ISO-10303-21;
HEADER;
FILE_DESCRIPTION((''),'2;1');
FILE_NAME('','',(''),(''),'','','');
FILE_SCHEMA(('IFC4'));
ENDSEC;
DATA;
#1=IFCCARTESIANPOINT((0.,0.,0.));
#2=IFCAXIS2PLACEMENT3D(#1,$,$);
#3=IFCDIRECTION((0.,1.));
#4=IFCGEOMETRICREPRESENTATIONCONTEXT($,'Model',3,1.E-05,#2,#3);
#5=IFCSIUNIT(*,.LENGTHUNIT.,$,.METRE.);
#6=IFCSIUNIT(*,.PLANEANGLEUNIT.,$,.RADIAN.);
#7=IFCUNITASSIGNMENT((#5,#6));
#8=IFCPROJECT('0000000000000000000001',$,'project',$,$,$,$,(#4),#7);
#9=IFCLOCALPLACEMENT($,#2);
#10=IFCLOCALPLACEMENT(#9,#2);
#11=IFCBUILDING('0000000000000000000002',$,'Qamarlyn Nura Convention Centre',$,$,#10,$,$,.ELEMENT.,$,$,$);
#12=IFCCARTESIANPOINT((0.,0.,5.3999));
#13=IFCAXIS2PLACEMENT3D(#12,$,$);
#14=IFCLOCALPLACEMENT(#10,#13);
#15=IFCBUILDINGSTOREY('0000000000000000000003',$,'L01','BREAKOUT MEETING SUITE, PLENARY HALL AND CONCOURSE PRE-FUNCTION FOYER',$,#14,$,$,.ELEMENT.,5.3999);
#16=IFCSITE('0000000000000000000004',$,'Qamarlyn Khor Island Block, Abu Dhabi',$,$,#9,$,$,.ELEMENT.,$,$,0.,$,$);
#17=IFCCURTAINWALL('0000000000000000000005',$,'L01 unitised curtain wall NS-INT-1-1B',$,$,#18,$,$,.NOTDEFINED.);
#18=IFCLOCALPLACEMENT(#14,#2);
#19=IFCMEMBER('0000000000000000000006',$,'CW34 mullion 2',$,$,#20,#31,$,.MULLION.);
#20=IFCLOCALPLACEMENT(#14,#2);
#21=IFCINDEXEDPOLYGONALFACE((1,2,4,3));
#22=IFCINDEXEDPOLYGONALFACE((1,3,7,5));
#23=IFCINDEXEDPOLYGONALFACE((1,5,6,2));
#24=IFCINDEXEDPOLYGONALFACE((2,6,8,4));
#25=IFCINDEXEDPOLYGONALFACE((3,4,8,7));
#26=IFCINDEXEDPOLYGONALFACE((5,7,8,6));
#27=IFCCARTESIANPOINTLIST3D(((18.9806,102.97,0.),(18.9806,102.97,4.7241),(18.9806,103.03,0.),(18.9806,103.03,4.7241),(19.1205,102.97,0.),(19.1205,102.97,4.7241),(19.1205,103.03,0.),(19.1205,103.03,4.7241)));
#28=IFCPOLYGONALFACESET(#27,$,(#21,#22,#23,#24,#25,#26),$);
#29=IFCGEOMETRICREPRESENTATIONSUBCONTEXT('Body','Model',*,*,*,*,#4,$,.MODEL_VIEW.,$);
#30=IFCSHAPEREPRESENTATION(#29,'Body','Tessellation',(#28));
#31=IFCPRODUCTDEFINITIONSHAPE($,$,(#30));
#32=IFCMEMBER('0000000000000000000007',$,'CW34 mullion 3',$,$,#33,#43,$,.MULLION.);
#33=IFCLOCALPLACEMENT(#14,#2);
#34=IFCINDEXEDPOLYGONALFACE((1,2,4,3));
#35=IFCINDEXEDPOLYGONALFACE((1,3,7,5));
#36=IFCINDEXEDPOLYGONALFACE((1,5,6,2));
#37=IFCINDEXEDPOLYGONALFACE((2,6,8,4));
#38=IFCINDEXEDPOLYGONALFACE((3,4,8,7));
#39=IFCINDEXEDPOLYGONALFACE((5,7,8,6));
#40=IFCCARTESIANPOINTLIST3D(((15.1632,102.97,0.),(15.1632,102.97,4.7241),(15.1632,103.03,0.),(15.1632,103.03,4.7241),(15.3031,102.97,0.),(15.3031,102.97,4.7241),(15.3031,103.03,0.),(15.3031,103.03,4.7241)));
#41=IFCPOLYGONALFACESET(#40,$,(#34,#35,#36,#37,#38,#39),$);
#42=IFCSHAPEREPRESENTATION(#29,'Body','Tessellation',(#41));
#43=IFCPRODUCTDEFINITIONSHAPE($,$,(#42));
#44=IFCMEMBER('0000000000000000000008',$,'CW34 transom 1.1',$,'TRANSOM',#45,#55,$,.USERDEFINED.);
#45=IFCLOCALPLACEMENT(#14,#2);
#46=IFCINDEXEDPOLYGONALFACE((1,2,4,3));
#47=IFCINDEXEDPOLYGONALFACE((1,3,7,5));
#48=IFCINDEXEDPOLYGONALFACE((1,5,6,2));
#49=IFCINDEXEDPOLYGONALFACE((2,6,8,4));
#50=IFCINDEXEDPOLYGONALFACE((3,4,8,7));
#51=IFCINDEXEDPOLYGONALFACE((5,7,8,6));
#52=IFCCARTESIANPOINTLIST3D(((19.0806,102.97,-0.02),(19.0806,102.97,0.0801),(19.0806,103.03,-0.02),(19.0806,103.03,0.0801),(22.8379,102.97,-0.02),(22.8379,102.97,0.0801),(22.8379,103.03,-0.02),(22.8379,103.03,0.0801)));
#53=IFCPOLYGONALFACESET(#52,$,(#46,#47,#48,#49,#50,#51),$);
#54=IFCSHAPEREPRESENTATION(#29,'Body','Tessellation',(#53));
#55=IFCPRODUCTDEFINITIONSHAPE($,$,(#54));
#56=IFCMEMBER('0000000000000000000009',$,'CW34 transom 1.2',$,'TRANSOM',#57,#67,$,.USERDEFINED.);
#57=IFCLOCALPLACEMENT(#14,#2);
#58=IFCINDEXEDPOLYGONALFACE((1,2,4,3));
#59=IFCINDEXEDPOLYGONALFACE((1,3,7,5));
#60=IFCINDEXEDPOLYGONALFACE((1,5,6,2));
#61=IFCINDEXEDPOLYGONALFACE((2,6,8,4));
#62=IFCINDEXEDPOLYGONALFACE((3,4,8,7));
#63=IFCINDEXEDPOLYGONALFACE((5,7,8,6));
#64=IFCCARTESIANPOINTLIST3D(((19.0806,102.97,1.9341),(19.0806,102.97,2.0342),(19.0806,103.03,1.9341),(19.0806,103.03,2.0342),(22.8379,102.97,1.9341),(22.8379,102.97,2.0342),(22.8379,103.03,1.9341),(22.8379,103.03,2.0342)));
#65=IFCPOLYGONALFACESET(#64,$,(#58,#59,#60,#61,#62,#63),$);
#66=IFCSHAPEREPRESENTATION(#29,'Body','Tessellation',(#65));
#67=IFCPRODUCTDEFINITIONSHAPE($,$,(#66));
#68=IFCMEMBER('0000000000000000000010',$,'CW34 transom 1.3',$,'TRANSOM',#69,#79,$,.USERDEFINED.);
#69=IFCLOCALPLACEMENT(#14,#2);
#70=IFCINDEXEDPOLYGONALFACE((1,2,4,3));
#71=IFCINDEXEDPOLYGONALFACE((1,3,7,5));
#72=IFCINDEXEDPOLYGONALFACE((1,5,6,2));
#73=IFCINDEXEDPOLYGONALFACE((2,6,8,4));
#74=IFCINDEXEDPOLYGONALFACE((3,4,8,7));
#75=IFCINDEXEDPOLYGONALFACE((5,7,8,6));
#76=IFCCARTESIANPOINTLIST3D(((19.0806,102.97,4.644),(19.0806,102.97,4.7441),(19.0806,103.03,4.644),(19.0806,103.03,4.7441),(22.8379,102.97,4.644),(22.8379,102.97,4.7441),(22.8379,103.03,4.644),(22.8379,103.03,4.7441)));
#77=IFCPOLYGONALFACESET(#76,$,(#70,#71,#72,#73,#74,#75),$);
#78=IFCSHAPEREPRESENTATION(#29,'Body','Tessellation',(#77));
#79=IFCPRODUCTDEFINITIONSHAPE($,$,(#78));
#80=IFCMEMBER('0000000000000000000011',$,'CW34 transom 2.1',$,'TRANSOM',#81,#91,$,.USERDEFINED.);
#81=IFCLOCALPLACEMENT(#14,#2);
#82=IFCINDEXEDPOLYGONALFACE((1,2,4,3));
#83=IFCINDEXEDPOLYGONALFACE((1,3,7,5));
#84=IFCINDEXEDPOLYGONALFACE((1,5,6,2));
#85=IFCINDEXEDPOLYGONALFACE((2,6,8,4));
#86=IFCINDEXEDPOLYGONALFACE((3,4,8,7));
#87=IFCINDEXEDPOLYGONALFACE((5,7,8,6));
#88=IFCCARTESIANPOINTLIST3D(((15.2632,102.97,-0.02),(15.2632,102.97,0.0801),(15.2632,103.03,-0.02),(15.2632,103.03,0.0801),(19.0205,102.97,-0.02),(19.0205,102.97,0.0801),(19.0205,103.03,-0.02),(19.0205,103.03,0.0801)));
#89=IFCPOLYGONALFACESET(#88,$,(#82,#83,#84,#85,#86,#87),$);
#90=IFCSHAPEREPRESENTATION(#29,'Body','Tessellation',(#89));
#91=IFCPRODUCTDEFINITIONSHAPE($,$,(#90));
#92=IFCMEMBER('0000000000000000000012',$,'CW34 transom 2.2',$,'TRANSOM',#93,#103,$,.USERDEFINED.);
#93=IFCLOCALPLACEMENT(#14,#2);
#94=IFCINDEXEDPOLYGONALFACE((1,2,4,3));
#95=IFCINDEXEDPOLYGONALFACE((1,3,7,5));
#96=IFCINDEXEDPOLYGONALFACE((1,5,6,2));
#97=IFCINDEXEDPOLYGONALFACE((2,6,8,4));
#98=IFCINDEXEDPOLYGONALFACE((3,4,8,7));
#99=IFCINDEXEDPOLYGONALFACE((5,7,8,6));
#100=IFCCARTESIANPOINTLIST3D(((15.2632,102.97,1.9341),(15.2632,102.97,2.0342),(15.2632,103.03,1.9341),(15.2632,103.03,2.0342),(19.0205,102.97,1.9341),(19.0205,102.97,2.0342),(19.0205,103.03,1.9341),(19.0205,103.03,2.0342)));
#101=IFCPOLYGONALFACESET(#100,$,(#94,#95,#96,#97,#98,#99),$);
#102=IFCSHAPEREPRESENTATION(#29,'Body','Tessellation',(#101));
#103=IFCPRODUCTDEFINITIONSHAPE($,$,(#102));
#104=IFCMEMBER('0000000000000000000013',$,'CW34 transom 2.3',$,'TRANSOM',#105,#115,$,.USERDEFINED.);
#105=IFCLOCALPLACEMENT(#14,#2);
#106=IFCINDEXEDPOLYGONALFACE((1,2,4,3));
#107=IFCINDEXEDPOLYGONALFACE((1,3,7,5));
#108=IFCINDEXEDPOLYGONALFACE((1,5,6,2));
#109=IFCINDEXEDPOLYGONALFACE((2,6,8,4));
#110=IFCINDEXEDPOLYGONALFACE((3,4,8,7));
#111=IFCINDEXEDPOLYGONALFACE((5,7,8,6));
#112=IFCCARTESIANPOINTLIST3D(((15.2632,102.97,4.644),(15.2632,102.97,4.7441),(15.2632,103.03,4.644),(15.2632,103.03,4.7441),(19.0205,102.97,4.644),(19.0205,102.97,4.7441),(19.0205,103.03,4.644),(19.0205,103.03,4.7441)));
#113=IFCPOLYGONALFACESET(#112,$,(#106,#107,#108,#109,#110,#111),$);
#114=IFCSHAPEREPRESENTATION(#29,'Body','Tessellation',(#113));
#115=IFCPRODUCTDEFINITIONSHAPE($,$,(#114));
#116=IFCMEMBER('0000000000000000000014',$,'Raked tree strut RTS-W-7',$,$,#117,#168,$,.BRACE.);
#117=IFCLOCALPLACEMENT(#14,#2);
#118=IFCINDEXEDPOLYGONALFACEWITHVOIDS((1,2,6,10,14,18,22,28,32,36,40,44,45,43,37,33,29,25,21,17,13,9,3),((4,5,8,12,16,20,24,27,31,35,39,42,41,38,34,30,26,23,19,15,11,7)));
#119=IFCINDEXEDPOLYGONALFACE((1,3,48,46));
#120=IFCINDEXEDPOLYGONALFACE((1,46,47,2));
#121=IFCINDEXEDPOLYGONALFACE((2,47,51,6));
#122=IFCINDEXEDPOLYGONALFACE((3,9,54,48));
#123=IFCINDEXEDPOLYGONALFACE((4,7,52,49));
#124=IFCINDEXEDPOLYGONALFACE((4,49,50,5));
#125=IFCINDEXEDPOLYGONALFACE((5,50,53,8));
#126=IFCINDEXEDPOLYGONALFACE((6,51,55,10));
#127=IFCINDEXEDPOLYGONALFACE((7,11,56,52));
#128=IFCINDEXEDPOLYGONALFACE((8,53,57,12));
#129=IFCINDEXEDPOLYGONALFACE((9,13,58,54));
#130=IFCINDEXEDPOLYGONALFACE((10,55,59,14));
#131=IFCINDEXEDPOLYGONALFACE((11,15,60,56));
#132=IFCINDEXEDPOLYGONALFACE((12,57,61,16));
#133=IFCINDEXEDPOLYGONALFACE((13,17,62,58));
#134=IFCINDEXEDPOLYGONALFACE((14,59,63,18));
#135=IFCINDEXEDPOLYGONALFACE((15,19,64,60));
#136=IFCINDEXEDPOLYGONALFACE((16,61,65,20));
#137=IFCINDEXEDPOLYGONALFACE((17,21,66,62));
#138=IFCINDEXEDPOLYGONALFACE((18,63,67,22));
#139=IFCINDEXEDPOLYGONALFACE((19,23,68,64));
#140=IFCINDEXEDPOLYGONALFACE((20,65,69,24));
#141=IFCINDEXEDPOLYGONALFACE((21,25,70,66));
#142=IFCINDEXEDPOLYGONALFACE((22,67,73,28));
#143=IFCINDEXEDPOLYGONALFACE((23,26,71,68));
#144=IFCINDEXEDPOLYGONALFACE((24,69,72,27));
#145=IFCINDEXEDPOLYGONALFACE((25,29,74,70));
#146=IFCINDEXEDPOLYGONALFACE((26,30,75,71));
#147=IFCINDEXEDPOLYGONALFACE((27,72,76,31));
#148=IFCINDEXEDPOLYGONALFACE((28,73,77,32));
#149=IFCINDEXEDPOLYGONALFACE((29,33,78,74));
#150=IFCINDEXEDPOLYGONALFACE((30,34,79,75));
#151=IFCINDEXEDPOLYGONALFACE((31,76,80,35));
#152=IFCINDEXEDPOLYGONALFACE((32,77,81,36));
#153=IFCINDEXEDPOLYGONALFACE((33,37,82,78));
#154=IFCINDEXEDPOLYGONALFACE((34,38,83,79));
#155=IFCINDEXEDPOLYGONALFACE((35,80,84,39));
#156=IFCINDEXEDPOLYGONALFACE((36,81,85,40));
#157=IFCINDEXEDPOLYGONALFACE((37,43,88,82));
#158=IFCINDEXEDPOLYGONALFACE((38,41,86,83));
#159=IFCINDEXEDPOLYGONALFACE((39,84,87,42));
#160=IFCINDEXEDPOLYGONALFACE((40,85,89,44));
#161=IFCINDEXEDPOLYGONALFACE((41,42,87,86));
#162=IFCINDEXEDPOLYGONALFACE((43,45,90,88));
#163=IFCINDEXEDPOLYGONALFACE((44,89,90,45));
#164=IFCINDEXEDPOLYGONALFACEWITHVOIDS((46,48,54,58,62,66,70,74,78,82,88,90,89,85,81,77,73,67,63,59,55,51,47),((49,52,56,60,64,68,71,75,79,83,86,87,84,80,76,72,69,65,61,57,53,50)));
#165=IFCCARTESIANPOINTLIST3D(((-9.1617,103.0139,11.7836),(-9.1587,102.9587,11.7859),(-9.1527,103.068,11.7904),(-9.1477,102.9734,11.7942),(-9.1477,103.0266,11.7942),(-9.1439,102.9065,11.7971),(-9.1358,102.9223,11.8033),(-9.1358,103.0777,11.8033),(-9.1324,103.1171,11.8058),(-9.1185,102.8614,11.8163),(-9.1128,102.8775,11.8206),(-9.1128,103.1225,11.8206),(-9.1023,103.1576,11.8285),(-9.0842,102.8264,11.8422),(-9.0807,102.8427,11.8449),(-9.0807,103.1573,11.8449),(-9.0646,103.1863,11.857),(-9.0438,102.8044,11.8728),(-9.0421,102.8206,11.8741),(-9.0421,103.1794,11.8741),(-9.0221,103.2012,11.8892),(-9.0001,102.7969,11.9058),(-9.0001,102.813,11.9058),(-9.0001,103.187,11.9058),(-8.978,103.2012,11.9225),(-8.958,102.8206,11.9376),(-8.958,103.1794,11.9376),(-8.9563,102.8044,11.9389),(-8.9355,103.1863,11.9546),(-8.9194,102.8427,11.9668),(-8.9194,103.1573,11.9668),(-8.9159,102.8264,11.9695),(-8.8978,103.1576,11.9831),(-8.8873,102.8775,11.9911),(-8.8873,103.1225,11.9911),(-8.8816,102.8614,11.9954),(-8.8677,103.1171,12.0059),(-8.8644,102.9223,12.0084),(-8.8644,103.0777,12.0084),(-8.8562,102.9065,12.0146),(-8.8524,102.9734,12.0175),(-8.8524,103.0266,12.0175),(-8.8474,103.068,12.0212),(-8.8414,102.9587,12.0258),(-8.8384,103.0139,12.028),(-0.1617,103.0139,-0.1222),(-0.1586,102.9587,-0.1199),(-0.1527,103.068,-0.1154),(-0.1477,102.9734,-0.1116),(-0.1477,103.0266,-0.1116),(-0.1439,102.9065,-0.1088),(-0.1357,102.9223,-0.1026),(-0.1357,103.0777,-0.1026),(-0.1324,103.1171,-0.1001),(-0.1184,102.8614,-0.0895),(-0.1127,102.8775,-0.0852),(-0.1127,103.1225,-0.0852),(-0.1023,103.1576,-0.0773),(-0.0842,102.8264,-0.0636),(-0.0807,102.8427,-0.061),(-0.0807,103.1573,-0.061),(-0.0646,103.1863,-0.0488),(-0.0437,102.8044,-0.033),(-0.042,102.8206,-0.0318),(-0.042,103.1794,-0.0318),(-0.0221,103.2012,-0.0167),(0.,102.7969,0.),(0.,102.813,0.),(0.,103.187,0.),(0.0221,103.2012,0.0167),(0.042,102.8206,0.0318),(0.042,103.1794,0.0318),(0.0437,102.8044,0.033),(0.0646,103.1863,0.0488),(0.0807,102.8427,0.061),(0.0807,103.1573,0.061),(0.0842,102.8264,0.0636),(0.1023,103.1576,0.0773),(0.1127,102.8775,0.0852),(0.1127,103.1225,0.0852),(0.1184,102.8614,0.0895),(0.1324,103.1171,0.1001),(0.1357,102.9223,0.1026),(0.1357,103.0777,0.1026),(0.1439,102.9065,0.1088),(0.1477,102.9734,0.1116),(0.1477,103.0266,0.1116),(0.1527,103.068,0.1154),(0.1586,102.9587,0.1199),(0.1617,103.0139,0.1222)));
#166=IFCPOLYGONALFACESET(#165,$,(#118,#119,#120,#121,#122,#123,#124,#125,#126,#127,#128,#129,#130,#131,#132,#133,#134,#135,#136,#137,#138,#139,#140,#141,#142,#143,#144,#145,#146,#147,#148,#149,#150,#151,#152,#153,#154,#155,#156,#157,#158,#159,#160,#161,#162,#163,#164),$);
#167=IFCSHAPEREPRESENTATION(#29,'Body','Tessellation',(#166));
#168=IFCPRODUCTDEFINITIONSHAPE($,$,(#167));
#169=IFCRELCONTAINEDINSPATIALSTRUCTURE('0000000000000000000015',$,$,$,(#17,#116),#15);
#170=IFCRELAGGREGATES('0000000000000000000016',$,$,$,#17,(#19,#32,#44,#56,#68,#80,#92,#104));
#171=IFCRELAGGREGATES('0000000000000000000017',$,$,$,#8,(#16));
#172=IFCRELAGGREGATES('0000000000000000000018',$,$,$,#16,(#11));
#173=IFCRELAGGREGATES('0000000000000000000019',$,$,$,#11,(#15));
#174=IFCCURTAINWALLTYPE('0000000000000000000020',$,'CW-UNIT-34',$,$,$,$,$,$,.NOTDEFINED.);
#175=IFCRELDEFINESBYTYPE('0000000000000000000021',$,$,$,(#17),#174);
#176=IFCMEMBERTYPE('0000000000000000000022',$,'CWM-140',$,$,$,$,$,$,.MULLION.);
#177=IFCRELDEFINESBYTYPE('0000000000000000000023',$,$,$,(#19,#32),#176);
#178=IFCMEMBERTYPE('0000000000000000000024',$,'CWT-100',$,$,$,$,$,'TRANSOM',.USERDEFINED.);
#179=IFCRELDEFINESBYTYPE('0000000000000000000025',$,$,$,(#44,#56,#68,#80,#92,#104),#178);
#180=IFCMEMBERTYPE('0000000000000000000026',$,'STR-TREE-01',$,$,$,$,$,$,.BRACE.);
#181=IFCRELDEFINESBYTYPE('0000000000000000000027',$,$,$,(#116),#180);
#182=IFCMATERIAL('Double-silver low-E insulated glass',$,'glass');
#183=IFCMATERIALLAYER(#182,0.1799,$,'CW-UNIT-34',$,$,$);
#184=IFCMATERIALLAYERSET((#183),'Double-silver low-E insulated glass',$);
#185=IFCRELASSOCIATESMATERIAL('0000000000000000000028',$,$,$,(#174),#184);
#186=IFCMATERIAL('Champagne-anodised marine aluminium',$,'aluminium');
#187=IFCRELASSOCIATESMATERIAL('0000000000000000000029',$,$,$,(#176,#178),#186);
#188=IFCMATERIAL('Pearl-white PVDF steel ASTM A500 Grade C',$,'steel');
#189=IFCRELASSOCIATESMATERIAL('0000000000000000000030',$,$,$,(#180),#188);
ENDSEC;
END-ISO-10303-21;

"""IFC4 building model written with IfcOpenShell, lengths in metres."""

from ifc_helpers import new_model, si_unit, direction, frame, origin, origin_2d, place, context, subcontext, project, spatial, rectangle, hollow_circle, extrude, material, layer, layer_set, material_profile, profile_set, type_object, element, aggregate, save


model = new_model("IFC4")

# Units and contexts
model_context = context("Model", 3, precision=1e-05, world=origin(), true_north=direction((0.0, 1.0)))
body_context = subcontext(model_context, "Body", "Model", "MODEL_VIEW")
ifc_project = project(units=[si_unit("LENGTHUNIT", "METRE"), si_unit("PLANEANGLEUNIT", "RADIAN")], contexts=[model_context])

# Site, building, storey
site_placement = place(None, origin())
site = spatial("IfcSite", under=ifc_project, at=site_placement, Name="Qamarlyn Khor Island Block, Abu Dhabi", CompositionType="ELEMENT", RefElevation=0.0)
building_placement = place(site_placement, origin())
building = spatial("IfcBuilding", under=site, at=building_placement, Name="Qamarlyn Nura Convention Centre", CompositionType="ELEMENT")
storey_placement = place(building_placement, frame((0.0, 0.0, 5.3999)))
storey = spatial("IfcBuildingStorey", under=building, at=storey_placement, Name="L01", Description="BREAKOUT MEETING SUITE, PLENARY HALL AND CONCOURSE PRE-FUNCTION FOYER", CompositionType="ELEMENT", Elevation=5.3999)

# Shared definitions
ifc_material_1 = material(Name="Pearl-white PVDF steel ASTM A500 Grade C", Category="steel")

# Curtain wall, members
ifc_material_2 = material(Name="Double-silver low-E insulated glass", Category="glass")
ifc_layer_1 = layer(ifc_material_2, 0.1799, Name="CW-UNIT-34")
ifc_layer_set_1 = layer_set([ifc_layer_1], Name="Double-silver low-E insulated glass")
curtain_wall_type = type_object("IfcCurtainWallType", Name="CW-UNIT-34", PredefinedType="NOTDEFINED", material=ifc_layer_set_1)
curtain_wall_placement = place(storey_placement, origin())
curtain_wall = element("IfcCurtainWall", 1, at=curtain_wall_placement, inside=storey, type_object=curtain_wall_type, Name="L01 unitised curtain wall NS-INT-1-1B", PredefinedType="NOTDEFINED")
ifc_material_3 = material(Name="Champagne-anodised marine aluminium", Category="aluminium")
ifc_material_profile_1 = material_profile(ifc_material_3, rectangle(XDim=0.0601, YDim=0.1399, at=origin_2d()), Name="ALU MULLION 60x140")
ifc_profile_set_1 = profile_set([ifc_material_profile_1], Name="Champagne-anodised marine aluminium")
member_type_1 = type_object("IfcMemberType", Name="CWM-140", PredefinedType="MULLION", material=ifc_profile_set_1)
member_1_placement = place(storey_placement, frame((19.0505, 103.0, 0.0), z_axis=(0.0, 0.0, 1.0), x_axis=(0.0, -1.0, 0.0)))
member_1 = element("IfcMember", 2, at=member_1_placement, type_object=member_type_1, Name="CW34 mullion 2", PredefinedType="MULLION", context=body_context, shape_type="SweptSolid", body=[
    extrude(rectangle(XDim=0.0601, YDim=0.1399, at=origin_2d()), origin(), (0.0, 0.0, 1.0), 4.7241),
])
member_2_placement = place(storey_placement, frame((15.2332, 103.0, 0.0), z_axis=(0.0, 0.0, 1.0), x_axis=(0.0, -1.0, 0.0)))
member_2 = element("IfcMember", 3, at=member_2_placement, type_object=member_type_1, Name="CW34 mullion 3", PredefinedType="MULLION", context=body_context, shape_type="SweptSolid", body=[
    extrude(rectangle(XDim=0.0601, YDim=0.1399, at=origin_2d()), origin(), (0.0, 0.0, 1.0), 4.7241),
])
ifc_material_profile_2 = material_profile(ifc_material_3, rectangle(XDim=0.0601, YDim=0.1001, at=origin_2d()), Name="ALU TRANSOM 60x100")
ifc_profile_set_2 = profile_set([ifc_material_profile_2], Name="Champagne-anodised marine aluminium")
member_type_2 = type_object("IfcMemberType", Name="CWT-100", ElementType="TRANSOM", PredefinedType="USERDEFINED", material=ifc_profile_set_2)
member_3_placement = place(storey_placement, frame((22.8379, 103.0, 0.03), z_axis=(-1.0, 0.0, 0.0), x_axis=(0.0, -1.0, 0.0)))
member_3 = element("IfcMember", 4, at=member_3_placement, type_object=member_type_2, Name="CW34 transom 1.1", ObjectType="TRANSOM", PredefinedType="USERDEFINED", context=body_context, shape_type="SweptSolid", body=[
    extrude(rectangle(XDim=0.0601, YDim=0.1001, at=origin_2d()), origin(), (0.0, 0.0, 1.0), 3.7573),
])
member_4_placement = place(storey_placement, frame((22.8379, 103.0, 1.9841), z_axis=(-1.0, 0.0, 0.0), x_axis=(0.0, -1.0, 0.0)))
member_4 = element("IfcMember", 5, at=member_4_placement, type_object=member_type_2, Name="CW34 transom 1.2", ObjectType="TRANSOM", PredefinedType="USERDEFINED", context=body_context, shape_type="SweptSolid", body=[
    extrude(rectangle(XDim=0.0601, YDim=0.1001, at=origin_2d()), origin(), (0.0, 0.0, 1.0), 3.7573),
])
member_5_placement = place(storey_placement, frame((22.8379, 103.0, 4.6941), z_axis=(-1.0, 0.0, 0.0), x_axis=(0.0, -1.0, 0.0)))
member_5 = element("IfcMember", 6, at=member_5_placement, type_object=member_type_2, Name="CW34 transom 1.3", ObjectType="TRANSOM", PredefinedType="USERDEFINED", context=body_context, shape_type="SweptSolid", body=[
    extrude(rectangle(XDim=0.0601, YDim=0.1001, at=origin_2d()), origin(), (0.0, 0.0, 1.0), 3.7573),
])
member_6_placement = place(storey_placement, frame((19.0205, 103.0, 0.03), z_axis=(-1.0, 0.0, 0.0), x_axis=(0.0, -1.0, 0.0)))
member_6 = element("IfcMember", 7, at=member_6_placement, type_object=member_type_2, Name="CW34 transom 2.1", ObjectType="TRANSOM", PredefinedType="USERDEFINED", context=body_context, shape_type="SweptSolid", body=[
    extrude(rectangle(XDim=0.0601, YDim=0.1001, at=origin_2d()), origin(), (0.0, 0.0, 1.0), 3.7573),
])
member_7_placement = place(storey_placement, frame((19.0205, 103.0, 1.9841), z_axis=(-1.0, 0.0, 0.0), x_axis=(0.0, -1.0, 0.0)))
member_7 = element("IfcMember", 8, at=member_7_placement, type_object=member_type_2, Name="CW34 transom 2.2", ObjectType="TRANSOM", PredefinedType="USERDEFINED", context=body_context, shape_type="SweptSolid", body=[
    extrude(rectangle(XDim=0.0601, YDim=0.1001, at=origin_2d()), origin(), (0.0, 0.0, 1.0), 3.7573),
])
member_8_placement = place(storey_placement, frame((19.0205, 103.0, 4.6941), z_axis=(-1.0, 0.0, 0.0), x_axis=(0.0, -1.0, 0.0)))
member_8 = element("IfcMember", 9, at=member_8_placement, type_object=member_type_2, Name="CW34 transom 2.3", ObjectType="TRANSOM", PredefinedType="USERDEFINED", context=body_context, shape_type="SweptSolid", body=[
    extrude(rectangle(XDim=0.0601, YDim=0.1001, at=origin_2d()), origin(), (0.0, 0.0, 1.0), 3.7573),
])

# Member
ifc_material_profile_3 = material_profile(ifc_material_1, hollow_circle(Radius=0.2031, WallThickness=0.0161, at=origin_2d()), Name="CHS406.4X16")
ifc_profile_set_3 = profile_set([ifc_material_profile_3], Name="Pearl-white PVDF steel ASTM A500 Grade C")
member_type_3 = type_object("IfcMemberType", Name="STR-TREE-01", PredefinedType="BRACE", material=ifc_profile_set_3)
member_9_placement = place(storey_placement, frame((0.0, 103.0, 0.0), z_axis=(-0.603027, 0.0, 0.797721), x_axis=(0.0, -1.0, 0.0)))
element("IfcMember", 10, at=member_9_placement, inside=storey, type_object=member_type_3, Name="Raked tree strut RTS-W-7", PredefinedType="BRACE", context=body_context, shape_type="SweptSolid", body=[
    extrude(hollow_circle(Radius=0.2031, WallThickness=0.0161, at=origin_2d()), origin(), (0.0, 0.0, 1.0), 14.9248),
])

aggregate(curtain_wall, [member_1, member_2, member_3, member_4, member_5, member_6, member_7, member_8])

save(model, "model.ifc")
